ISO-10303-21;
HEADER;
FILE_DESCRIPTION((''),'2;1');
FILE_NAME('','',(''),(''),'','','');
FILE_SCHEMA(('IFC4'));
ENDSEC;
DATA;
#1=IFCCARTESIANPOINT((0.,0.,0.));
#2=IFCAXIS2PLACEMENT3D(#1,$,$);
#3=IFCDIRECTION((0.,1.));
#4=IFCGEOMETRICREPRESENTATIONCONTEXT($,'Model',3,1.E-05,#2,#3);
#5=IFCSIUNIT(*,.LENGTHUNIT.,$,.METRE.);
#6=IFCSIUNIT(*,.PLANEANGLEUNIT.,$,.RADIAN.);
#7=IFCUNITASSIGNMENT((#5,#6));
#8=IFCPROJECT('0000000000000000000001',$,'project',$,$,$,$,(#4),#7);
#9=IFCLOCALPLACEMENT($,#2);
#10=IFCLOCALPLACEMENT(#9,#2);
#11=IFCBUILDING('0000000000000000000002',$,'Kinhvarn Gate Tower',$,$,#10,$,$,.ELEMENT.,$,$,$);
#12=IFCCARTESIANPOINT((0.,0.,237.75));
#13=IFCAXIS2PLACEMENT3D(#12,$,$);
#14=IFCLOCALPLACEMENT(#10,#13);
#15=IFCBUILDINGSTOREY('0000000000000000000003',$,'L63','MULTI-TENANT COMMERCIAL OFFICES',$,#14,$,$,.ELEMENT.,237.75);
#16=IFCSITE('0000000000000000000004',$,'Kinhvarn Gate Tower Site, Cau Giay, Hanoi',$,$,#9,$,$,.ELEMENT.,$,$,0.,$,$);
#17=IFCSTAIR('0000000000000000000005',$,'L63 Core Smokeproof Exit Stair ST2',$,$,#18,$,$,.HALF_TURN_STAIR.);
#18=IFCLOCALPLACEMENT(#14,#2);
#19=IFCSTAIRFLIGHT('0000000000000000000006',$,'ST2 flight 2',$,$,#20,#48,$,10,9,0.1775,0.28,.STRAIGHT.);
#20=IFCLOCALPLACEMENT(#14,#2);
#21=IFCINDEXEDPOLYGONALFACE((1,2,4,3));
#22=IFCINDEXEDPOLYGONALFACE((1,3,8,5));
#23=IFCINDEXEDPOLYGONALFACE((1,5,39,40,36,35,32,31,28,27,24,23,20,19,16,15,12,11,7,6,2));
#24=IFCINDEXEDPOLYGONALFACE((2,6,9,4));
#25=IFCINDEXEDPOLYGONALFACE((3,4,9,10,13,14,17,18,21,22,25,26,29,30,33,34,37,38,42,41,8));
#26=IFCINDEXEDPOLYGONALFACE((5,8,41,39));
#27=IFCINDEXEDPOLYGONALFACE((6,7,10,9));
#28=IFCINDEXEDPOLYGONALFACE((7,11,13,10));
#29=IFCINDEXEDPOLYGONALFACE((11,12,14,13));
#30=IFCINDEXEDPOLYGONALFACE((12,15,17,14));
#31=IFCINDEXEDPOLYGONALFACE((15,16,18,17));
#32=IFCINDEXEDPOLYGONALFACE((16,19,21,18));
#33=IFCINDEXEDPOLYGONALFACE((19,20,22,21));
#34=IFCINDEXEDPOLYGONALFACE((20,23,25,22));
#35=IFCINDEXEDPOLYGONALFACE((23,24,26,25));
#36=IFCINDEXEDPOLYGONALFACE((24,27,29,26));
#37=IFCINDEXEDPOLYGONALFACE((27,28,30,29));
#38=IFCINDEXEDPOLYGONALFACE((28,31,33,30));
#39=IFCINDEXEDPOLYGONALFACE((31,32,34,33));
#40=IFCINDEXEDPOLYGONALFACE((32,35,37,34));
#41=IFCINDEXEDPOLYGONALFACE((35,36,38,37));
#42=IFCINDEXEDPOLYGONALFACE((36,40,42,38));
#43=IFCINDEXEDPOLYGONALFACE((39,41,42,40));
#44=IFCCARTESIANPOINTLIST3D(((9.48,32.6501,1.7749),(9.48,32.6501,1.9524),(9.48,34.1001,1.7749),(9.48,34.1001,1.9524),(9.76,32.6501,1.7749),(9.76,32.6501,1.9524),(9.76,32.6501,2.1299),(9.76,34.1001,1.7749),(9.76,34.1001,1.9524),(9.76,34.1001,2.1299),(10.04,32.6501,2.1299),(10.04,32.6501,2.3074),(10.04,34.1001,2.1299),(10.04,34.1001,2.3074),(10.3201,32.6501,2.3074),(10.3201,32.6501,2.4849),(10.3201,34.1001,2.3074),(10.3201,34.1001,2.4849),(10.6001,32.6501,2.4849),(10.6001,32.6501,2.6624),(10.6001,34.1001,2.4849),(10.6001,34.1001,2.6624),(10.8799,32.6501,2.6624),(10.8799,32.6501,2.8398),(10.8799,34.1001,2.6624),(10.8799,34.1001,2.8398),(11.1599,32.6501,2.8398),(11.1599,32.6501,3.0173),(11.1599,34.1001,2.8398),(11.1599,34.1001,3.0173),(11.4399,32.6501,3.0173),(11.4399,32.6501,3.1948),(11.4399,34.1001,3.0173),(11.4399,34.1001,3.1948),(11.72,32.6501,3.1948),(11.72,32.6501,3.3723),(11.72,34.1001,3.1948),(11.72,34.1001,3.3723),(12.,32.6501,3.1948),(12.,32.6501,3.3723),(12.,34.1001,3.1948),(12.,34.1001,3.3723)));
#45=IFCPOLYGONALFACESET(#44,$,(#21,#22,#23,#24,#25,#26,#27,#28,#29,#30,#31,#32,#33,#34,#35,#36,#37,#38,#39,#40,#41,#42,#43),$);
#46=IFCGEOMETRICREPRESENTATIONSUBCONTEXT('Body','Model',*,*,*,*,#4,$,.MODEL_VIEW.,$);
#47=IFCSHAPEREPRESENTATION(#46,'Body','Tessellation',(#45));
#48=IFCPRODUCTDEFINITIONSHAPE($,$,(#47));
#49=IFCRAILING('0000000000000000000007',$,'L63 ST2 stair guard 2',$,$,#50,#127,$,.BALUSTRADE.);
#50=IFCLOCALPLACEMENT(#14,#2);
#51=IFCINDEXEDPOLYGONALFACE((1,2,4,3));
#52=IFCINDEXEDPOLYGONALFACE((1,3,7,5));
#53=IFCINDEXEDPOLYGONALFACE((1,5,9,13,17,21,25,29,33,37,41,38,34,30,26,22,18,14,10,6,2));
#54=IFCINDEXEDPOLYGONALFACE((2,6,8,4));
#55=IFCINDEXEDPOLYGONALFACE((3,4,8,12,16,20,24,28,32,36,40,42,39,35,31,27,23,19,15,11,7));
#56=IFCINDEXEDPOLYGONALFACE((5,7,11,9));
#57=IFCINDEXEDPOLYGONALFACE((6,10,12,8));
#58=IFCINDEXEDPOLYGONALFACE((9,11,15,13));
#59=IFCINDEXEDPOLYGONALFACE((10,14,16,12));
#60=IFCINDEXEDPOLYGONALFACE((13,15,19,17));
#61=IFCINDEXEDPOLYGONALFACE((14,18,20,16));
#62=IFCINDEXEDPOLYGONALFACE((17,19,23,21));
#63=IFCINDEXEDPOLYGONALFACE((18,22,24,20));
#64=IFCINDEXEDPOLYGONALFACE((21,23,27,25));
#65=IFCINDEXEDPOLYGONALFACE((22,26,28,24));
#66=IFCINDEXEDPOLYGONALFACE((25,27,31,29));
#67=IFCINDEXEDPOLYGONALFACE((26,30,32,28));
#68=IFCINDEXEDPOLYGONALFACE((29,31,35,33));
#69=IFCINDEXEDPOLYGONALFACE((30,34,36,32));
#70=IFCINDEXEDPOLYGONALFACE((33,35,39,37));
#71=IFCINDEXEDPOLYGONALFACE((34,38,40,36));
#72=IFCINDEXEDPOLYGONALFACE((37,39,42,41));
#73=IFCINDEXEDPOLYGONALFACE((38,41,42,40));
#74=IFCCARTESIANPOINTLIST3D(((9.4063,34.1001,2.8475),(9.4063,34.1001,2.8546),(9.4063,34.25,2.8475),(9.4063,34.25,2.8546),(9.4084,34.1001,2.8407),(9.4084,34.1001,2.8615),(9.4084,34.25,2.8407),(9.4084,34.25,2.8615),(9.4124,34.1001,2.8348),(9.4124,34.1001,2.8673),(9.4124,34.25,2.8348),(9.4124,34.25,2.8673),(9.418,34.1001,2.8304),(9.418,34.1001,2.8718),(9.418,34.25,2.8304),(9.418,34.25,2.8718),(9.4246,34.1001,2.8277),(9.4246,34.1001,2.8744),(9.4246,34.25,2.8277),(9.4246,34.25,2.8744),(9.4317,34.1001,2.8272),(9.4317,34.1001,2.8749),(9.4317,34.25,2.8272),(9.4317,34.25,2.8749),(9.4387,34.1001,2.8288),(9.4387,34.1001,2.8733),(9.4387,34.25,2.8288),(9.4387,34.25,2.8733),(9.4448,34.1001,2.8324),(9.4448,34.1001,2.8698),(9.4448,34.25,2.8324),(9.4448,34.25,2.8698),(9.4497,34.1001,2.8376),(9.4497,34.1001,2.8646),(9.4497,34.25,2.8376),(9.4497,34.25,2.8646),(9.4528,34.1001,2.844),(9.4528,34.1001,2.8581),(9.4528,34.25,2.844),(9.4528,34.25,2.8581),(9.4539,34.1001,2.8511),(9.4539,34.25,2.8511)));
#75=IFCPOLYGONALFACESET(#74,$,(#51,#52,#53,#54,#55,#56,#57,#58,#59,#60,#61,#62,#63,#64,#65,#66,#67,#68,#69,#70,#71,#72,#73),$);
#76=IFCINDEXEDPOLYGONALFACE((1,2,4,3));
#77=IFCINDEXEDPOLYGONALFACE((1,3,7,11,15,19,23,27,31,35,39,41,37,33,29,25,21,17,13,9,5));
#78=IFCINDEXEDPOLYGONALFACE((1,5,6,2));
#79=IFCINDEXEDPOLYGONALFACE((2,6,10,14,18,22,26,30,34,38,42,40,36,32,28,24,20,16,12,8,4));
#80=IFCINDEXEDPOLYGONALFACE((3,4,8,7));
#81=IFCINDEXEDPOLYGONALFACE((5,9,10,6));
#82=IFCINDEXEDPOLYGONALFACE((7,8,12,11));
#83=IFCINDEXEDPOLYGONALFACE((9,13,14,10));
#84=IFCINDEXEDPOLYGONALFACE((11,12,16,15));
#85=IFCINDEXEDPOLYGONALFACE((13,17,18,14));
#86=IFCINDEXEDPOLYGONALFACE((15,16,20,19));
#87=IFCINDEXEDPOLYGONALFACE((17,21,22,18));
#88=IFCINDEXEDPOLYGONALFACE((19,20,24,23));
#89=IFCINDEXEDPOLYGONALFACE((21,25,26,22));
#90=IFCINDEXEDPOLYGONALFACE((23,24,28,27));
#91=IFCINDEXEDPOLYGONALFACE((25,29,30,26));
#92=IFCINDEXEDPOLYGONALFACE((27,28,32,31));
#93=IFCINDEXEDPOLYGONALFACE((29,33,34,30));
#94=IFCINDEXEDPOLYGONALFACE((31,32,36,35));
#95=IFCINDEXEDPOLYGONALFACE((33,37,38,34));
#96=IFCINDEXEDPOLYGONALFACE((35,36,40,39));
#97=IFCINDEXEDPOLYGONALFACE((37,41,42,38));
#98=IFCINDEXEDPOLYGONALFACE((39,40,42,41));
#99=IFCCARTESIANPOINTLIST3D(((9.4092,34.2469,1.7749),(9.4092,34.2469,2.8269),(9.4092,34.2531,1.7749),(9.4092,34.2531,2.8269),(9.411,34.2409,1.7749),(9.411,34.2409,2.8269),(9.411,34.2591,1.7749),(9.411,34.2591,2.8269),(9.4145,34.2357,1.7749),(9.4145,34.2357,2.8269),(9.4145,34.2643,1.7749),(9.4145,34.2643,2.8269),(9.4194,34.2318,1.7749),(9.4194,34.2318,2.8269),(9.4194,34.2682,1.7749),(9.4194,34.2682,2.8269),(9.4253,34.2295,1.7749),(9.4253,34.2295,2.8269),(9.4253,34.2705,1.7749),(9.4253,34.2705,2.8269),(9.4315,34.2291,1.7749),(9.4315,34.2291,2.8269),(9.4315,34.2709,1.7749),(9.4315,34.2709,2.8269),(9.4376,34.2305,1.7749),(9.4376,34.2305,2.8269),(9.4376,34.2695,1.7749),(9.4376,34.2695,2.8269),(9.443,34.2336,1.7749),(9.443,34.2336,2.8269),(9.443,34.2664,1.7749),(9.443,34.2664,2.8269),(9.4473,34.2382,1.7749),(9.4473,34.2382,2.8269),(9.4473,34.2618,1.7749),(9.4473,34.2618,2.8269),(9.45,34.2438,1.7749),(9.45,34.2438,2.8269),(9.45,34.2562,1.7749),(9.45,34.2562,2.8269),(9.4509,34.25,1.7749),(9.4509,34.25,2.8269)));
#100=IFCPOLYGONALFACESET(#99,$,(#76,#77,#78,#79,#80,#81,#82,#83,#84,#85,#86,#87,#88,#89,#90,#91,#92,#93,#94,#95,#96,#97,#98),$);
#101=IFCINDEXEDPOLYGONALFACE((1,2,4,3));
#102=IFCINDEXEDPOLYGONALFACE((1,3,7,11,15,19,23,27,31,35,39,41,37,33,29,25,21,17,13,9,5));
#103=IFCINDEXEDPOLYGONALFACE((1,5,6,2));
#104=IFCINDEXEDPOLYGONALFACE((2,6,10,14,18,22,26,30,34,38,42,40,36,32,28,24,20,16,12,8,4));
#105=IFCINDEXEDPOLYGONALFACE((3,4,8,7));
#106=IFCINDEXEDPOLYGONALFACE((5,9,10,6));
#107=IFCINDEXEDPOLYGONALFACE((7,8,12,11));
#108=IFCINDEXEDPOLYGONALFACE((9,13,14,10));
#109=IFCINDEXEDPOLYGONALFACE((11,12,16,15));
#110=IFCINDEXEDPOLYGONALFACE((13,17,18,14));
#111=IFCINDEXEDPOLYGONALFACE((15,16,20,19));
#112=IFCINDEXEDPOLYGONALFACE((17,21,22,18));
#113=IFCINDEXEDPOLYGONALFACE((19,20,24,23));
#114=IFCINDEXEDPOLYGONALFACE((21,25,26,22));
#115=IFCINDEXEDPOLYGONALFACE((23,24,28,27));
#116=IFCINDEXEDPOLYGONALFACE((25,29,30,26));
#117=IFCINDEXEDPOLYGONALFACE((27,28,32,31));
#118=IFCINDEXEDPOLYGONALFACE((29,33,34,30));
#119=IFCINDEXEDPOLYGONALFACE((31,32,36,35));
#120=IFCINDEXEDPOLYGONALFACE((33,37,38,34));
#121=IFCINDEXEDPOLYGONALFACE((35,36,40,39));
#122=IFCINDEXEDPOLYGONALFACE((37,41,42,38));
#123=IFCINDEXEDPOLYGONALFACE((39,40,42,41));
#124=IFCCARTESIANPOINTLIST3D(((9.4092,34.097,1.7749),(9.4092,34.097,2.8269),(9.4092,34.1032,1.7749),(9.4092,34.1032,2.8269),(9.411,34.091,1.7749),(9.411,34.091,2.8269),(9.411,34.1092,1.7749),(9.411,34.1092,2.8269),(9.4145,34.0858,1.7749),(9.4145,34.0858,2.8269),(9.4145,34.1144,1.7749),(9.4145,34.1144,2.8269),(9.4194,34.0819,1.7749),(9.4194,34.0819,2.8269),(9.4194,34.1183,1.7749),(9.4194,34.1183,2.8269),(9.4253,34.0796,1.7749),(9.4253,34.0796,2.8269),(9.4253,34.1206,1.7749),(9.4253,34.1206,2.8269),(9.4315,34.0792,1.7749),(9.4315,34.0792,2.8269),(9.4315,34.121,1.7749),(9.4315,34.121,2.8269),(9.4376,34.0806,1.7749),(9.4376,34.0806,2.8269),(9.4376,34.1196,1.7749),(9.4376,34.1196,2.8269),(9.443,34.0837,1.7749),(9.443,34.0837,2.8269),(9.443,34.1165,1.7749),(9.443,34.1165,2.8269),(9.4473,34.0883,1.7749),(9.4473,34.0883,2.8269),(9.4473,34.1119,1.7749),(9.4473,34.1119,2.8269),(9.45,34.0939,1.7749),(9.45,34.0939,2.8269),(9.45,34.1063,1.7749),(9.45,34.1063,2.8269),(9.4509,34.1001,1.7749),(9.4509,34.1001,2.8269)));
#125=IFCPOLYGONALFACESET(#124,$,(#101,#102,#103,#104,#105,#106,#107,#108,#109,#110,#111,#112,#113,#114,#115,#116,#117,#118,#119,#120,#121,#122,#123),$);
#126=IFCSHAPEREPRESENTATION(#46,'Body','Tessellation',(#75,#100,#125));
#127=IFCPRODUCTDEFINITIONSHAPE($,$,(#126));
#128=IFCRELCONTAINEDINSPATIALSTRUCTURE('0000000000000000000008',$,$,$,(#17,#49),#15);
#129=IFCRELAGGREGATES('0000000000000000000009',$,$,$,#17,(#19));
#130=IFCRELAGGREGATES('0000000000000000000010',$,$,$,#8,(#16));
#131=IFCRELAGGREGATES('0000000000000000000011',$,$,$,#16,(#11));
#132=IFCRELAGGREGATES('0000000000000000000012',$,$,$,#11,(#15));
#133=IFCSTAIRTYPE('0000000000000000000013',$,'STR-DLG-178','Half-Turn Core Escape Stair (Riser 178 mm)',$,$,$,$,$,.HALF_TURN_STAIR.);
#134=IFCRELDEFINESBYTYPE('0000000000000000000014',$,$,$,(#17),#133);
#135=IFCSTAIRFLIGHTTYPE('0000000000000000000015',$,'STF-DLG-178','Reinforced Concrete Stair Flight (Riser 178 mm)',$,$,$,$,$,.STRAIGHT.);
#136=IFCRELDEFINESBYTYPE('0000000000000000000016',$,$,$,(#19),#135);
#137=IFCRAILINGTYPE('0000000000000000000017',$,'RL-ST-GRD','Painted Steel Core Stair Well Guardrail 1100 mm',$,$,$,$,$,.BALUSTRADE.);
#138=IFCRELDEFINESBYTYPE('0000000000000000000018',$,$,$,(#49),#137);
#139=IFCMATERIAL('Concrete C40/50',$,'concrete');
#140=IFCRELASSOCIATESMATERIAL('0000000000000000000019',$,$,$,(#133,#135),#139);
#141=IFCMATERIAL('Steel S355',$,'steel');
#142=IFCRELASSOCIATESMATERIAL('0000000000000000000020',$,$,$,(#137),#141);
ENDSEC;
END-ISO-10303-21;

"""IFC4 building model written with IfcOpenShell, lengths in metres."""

from ifc_helpers import new_model, si_unit, direction, frame, origin, origin_2d, place, context, subcontext, project, spatial, polyline, circle, outline, extrude, material, type_object, element, aggregate, save


model = new_model("IFC4")

# Units and contexts
model_context = context("Model", 3, precision=1e-05, world=origin(), true_north=direction((0.0, 1.0)))
body_context = subcontext(model_context, "Body", "Model", "MODEL_VIEW")
ifc_project = project(units=[si_unit("LENGTHUNIT", "METRE"), si_unit("PLANEANGLEUNIT", "RADIAN")], contexts=[model_context])

# Site, building, storey
site_placement = place(None, origin())
site = spatial("IfcSite", under=ifc_project, at=site_placement, Name="Kinhvarn Gate Tower Site, Cau Giay, Hanoi", CompositionType="ELEMENT", RefElevation=0.0)
building_placement = place(site_placement, origin())
building = spatial("IfcBuilding", under=site, at=building_placement, Name="Kinhvarn Gate Tower", CompositionType="ELEMENT")
storey_placement = place(building_placement, frame((0.0, 0.0, 237.75)))
storey = spatial("IfcBuildingStorey", under=building, at=storey_placement, Name="L63", Description="MULTI-TENANT COMMERCIAL OFFICES", CompositionType="ELEMENT", Elevation=237.75)

# Shared definitions
ifc_material_1 = material(Name="Concrete C40/50", Category="concrete")

# Stair, stair flight
stair_type = type_object("IfcStairType", Name="STR-DLG-178", Description="Half-Turn Core Escape Stair (Riser 178 mm)", PredefinedType="HALF_TURN_STAIR", material=ifc_material_1)
stair_placement = place(storey_placement, origin())
stair = element("IfcStair", 1, at=stair_placement, inside=storey, type_object=stair_type, Name="L63 Core Smokeproof Exit Stair ST2", PredefinedType="HALF_TURN_STAIR")
stair_flight_type = type_object("IfcStairFlightType", Name="STF-DLG-178", Description="Reinforced Concrete Stair Flight (Riser 178 mm)", PredefinedType="STRAIGHT", material=ifc_material_1)
stair_flight_placement = place(storey_placement, frame((9.48, 33.375, 1.7749), z_axis=(0.0, 0.0, 1.0), x_axis=(1.0, 0.0, 0.0)))
stair_flight = element("IfcStairFlight", 2, at=stair_flight_placement, type_object=stair_flight_type, Name="ST2 flight 2", NumberOfRisers=10, NumberOfTreads=9, PredefinedType="STRAIGHT", RiserHeight=0.1775, TreadLength=0.28, context=body_context, shape_type="SweptSolid", body=[
    extrude(outline(polyline([(0.0, 0.0), (0.0, 0.1775), (0.28, 0.1775), (0.28, 0.355), (0.5601, 0.355), (0.5601, 0.5325), (0.8401, 0.5325), (0.8401, 0.71), (1.1201, 0.71), (1.1201, 0.8875), (1.3999, 0.8875), (1.3999, 1.0649), (1.6799, 1.0649), (1.6799, 1.2424), (1.96, 1.2424), (1.96, 1.4199), (2.24, 1.4199), (2.24, 1.5974), (2.52, 1.5974), (2.52, 1.7749), (2.52, 1.4199), (0.28, 0.0), (0.0, 0.0)])), frame((0.0, 0.7251, 0.0), z_axis=(0.0, -1.0, 0.0), x_axis=(1.0, 0.0, 0.0)), (0.0, 0.0, 1.0), 1.45),
])
aggregate(stair, [stair_flight])

# Railing
ifc_material_2 = material(Name="Steel S355", Category="steel")
railing_type_1 = type_object("IfcRailingType", Name="RL-ST-GRD", Description="Painted Steel Core Stair Well Guardrail 1100 mm", PredefinedType="BALUSTRADE", material=ifc_material_2)
railing_1_placement = place(storey_placement, frame((9.4299, 34.25, 1.7749)))
element("IfcRailing", 3, at=railing_1_placement, inside=storey, type_object=railing_type_1, Name="L63 ST2 stair guard 2", PredefinedType="BALUSTRADE", context=body_context, shape_type="SweptSolid", body=[
    extrude(circle(Radius=0.0239, at=origin_2d()), frame((0.0, 0.0, 1.0762), z_axis=(0.0, -1.0, 0.0), x_axis=(1.0, 0.0, 0.0)), (0.0, 0.0, 1.0), 0.1499),
    extrude(circle(Radius=0.021, at=origin_2d()), origin(), (0.0, 0.0, 1.0), 1.052),
    extrude(circle(Radius=0.021, at=origin_2d()), frame((0.0, -0.1499, 0.0)), (0.0, 0.0, 1.0), 1.052),
])

save(model, "model.ifc")
